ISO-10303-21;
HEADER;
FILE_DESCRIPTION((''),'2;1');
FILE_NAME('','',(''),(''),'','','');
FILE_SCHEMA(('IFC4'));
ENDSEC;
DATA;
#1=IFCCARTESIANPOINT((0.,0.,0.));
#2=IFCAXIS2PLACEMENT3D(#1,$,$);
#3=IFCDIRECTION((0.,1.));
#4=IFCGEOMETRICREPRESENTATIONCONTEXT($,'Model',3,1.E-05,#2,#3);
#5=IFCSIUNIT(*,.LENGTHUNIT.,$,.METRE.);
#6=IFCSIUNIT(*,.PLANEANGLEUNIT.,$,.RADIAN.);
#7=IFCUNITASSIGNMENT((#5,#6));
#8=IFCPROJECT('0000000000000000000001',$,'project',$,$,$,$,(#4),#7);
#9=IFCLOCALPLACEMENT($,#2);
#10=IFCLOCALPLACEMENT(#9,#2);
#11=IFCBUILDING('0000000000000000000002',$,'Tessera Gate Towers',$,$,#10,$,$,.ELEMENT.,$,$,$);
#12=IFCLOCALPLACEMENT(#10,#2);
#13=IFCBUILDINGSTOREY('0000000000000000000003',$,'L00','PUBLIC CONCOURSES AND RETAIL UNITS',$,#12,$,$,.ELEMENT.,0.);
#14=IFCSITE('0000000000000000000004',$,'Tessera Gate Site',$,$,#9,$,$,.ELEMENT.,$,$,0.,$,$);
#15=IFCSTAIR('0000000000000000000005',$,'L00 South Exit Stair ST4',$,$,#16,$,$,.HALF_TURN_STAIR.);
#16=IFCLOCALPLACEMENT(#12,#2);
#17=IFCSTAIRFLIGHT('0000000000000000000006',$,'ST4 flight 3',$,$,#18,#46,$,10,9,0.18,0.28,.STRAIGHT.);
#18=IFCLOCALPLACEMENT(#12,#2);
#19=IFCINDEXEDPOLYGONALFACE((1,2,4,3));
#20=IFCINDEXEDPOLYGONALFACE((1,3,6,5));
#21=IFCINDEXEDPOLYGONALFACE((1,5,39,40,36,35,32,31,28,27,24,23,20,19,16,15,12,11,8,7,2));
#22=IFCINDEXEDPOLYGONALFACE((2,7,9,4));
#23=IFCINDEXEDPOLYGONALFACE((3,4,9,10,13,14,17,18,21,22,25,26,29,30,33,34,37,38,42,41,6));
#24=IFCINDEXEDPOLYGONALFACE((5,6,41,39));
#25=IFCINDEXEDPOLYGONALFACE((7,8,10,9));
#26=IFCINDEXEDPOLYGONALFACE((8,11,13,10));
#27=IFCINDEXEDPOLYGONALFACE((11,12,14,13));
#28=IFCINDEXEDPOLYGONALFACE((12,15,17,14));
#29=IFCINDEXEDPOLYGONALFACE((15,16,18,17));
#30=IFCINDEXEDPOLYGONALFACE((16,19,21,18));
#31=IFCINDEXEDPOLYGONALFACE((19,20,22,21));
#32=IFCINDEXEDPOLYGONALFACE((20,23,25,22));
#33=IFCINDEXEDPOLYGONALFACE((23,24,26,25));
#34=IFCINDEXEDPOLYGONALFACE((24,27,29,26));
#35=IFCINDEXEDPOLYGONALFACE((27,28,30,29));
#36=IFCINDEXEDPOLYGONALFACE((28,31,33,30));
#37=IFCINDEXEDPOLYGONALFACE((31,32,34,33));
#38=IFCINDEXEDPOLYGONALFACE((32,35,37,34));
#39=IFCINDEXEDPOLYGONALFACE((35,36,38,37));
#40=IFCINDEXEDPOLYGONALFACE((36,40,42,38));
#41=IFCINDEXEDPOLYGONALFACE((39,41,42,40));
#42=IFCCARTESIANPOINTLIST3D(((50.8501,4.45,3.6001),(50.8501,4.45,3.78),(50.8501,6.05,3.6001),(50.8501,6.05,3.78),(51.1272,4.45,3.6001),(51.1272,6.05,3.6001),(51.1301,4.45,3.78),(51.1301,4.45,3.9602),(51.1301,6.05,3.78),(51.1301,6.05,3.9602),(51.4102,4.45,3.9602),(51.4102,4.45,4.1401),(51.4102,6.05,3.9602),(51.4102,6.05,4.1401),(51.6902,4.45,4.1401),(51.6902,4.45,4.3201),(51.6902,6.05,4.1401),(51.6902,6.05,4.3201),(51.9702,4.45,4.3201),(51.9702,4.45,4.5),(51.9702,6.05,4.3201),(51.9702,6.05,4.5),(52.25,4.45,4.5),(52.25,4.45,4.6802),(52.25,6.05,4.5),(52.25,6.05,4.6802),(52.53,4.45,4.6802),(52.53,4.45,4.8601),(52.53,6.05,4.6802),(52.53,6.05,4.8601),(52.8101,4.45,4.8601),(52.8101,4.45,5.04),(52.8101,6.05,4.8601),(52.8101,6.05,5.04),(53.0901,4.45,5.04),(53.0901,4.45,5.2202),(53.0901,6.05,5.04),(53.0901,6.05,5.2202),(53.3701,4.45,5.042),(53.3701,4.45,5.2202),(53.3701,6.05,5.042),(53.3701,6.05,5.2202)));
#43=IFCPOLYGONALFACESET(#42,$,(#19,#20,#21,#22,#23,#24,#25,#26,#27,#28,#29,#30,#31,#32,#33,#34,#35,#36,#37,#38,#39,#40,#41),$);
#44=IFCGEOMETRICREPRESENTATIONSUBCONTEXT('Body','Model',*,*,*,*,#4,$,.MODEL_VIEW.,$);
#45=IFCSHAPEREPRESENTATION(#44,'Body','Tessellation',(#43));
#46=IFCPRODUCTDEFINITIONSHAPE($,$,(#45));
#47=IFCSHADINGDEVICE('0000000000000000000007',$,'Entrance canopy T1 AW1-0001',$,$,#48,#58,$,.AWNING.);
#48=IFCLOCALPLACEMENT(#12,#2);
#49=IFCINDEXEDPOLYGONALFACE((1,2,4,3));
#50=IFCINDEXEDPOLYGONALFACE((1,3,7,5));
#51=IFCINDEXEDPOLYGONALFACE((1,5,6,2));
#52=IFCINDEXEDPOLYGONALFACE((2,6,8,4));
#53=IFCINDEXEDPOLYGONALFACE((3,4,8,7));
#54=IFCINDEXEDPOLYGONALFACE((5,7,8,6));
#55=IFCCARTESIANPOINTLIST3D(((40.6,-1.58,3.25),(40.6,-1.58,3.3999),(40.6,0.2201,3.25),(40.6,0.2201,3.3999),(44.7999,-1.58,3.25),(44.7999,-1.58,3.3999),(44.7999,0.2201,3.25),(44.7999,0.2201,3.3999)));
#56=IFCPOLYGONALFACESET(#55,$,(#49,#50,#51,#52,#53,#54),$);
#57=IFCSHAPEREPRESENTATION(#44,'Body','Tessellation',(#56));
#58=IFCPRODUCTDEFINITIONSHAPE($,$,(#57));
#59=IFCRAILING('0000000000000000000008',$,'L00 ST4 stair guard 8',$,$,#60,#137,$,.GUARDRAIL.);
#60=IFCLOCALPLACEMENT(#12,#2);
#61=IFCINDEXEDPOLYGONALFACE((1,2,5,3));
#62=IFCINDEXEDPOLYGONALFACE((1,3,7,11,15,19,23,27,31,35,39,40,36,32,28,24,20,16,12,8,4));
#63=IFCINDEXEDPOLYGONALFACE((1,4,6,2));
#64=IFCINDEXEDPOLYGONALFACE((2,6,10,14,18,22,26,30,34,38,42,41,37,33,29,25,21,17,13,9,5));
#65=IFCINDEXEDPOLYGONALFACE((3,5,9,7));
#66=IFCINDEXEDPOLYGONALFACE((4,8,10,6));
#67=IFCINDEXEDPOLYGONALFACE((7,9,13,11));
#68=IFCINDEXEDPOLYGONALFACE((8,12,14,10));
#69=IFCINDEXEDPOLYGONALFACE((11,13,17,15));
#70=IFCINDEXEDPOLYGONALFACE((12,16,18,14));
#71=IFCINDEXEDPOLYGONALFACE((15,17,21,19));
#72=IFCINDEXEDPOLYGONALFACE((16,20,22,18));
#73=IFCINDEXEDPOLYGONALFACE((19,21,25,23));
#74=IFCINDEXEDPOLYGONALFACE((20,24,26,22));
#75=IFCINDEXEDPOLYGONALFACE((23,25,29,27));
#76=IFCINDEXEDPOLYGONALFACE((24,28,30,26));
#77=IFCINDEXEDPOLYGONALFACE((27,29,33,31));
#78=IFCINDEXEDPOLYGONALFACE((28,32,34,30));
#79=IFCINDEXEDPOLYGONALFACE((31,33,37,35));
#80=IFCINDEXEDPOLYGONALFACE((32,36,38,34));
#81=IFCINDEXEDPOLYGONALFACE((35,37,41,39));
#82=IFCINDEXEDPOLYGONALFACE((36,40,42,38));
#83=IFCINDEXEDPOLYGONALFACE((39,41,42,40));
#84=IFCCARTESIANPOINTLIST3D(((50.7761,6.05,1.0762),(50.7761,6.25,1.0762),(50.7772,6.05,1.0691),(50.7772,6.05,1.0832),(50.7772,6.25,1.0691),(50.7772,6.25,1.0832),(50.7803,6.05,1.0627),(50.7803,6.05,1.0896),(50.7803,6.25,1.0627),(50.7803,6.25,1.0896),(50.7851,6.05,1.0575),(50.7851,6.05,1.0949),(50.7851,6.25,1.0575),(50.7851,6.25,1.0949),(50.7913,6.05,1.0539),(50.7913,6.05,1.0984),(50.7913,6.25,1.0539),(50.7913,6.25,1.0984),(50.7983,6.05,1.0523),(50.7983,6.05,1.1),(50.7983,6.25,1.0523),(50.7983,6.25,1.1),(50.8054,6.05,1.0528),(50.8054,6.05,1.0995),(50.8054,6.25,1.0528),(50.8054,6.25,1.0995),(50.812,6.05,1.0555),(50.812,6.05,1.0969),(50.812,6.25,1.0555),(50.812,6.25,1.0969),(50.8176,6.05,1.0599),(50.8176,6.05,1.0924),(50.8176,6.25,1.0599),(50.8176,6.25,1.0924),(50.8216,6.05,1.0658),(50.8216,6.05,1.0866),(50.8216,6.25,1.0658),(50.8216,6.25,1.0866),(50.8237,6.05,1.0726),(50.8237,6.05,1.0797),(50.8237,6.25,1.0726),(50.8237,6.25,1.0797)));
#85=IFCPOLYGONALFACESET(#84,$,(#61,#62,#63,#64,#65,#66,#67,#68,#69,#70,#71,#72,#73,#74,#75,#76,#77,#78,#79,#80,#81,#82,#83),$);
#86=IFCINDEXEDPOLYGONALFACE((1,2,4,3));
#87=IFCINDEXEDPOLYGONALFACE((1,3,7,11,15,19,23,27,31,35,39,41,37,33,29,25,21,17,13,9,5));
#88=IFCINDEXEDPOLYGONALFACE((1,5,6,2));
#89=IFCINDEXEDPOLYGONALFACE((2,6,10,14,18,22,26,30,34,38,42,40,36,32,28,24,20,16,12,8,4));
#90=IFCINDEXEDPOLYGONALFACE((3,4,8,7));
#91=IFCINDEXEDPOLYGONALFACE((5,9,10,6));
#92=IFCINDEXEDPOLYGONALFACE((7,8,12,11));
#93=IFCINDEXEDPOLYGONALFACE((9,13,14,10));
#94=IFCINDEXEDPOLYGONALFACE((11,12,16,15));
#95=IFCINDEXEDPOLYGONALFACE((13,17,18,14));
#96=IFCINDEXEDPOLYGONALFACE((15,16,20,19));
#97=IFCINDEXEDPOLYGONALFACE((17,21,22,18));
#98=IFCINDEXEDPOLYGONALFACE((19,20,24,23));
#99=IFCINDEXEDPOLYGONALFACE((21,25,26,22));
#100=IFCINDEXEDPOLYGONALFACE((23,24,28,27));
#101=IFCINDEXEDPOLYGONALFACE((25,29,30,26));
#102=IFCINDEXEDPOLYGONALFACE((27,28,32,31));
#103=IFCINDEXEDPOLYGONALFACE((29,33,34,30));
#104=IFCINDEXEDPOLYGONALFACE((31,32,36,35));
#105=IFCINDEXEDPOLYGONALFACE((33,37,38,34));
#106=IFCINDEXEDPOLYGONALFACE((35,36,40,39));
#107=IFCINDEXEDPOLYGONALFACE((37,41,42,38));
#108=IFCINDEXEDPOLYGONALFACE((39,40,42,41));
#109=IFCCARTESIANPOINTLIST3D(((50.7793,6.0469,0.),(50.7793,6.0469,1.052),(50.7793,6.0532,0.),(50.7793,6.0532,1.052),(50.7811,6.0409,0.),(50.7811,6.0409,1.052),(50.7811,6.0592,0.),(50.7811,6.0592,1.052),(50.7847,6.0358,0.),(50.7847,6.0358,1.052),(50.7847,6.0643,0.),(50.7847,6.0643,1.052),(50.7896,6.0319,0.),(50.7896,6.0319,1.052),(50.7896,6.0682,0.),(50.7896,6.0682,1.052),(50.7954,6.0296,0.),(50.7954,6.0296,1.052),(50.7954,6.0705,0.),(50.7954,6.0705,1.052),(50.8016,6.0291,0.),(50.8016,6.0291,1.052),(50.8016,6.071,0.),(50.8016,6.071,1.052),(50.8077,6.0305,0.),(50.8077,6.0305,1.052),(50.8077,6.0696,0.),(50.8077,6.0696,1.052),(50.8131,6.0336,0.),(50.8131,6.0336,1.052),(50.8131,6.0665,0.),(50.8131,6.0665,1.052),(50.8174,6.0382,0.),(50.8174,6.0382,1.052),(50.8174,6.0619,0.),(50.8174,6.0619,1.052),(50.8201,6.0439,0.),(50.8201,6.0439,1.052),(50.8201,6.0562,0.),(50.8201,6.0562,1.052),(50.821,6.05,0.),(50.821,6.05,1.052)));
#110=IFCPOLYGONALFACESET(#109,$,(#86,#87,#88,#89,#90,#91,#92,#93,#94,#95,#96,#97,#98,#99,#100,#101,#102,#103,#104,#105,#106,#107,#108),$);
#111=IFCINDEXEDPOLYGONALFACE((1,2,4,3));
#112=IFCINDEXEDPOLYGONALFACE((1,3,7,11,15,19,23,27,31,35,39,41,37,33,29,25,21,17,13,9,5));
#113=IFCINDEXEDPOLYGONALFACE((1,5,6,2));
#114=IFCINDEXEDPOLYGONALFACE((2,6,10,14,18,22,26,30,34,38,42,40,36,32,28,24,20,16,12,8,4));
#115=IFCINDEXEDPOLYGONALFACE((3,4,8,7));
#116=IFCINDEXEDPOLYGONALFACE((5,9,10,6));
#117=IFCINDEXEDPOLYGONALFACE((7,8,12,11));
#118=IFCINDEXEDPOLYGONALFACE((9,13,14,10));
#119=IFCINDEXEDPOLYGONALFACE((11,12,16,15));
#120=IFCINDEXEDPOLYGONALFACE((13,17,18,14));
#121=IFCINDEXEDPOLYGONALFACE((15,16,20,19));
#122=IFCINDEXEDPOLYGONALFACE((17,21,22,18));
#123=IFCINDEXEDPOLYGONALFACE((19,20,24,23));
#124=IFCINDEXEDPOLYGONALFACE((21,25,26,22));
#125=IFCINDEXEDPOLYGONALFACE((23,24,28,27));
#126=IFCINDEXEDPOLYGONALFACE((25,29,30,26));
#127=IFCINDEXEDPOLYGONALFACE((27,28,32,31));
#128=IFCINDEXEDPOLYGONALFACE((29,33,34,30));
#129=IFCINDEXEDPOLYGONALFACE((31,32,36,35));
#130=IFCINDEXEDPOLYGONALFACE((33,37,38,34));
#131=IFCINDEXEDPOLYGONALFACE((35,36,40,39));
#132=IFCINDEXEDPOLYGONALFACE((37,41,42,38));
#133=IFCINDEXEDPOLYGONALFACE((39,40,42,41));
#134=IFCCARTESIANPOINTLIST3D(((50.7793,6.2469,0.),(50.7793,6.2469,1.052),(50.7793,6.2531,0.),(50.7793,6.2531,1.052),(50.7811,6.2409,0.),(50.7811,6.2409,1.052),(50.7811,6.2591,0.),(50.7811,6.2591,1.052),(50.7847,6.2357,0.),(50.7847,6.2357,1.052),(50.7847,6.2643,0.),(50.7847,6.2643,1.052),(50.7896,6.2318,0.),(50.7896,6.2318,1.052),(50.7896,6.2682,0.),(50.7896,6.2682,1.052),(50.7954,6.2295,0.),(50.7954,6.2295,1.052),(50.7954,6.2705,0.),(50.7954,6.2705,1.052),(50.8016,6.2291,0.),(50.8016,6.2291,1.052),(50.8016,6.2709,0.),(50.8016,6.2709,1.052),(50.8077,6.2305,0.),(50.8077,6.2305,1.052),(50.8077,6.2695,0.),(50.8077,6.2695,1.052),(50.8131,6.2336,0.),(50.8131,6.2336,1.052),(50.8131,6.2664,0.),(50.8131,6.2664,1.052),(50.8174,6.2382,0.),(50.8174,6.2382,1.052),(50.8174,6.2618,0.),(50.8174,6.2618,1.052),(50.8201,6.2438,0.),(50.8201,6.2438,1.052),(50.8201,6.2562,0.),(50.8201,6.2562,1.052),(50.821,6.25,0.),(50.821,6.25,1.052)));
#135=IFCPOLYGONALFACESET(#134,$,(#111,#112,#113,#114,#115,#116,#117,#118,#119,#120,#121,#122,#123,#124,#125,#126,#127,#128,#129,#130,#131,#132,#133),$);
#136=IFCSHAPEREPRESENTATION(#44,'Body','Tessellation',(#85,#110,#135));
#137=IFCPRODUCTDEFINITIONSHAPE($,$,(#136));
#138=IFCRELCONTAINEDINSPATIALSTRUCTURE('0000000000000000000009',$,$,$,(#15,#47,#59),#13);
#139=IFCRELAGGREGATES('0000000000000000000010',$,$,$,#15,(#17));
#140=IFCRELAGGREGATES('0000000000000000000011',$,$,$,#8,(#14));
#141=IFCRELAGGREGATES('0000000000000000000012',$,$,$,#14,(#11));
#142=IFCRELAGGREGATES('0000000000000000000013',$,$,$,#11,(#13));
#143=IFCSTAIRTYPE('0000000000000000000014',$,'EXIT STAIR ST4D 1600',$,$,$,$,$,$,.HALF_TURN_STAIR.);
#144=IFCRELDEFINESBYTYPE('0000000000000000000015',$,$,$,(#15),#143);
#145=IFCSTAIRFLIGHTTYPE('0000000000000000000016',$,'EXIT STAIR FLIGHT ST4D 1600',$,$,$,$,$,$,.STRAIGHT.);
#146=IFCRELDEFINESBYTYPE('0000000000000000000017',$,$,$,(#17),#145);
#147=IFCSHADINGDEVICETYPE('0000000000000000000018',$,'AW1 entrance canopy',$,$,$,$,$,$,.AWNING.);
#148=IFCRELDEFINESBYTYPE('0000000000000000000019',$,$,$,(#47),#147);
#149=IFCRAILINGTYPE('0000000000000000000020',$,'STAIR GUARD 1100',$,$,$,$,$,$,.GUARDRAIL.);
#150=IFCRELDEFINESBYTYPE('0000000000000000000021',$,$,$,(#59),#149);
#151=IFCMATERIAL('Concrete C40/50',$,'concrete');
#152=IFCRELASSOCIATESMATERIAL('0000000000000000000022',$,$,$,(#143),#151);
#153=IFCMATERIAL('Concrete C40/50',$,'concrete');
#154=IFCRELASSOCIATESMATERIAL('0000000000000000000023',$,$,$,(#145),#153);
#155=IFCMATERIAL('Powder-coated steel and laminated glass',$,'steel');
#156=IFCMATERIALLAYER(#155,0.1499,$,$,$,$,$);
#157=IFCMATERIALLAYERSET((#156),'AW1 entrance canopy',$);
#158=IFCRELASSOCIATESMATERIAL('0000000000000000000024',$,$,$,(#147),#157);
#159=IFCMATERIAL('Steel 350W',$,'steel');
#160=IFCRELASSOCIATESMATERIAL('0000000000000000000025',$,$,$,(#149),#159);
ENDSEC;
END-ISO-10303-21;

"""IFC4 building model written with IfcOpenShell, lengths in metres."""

from ifc_helpers import new_model, si_unit, direction, frame, origin, origin_2d, place, context, subcontext, project, spatial, polyline, rectangle, circle, outline, extrude, material, layer, layer_set, type_object, element, aggregate, save


model = new_model("IFC4")

# Units and contexts
model_context = context("Model", 3, precision=1e-05, world=origin(), true_north=direction((0.0, 1.0)))
body_context = subcontext(model_context, "Body", "Model", "MODEL_VIEW")
ifc_project = project(units=[si_unit("LENGTHUNIT", "METRE"), si_unit("PLANEANGLEUNIT", "RADIAN")], contexts=[model_context])

# Site, building, storey
site_placement = place(None, origin())
site = spatial("IfcSite", under=ifc_project, at=site_placement, Name="Tessera Gate Site", CompositionType="ELEMENT", RefElevation=0.0)
building_placement = place(site_placement, origin())
building = spatial("IfcBuilding", under=site, at=building_placement, Name="Tessera Gate Towers", CompositionType="ELEMENT")
storey_placement = place(building_placement, origin())
storey = spatial("IfcBuildingStorey", under=building, at=storey_placement, Name="L00", Description="PUBLIC CONCOURSES AND RETAIL UNITS", CompositionType="ELEMENT", Elevation=0.0)

# Stair, stair flight
ifc_material_1 = material(Name="Concrete C40/50", Category="concrete")
stair_type = type_object("IfcStairType", Name="EXIT STAIR ST4D 1600", PredefinedType="HALF_TURN_STAIR", material=ifc_material_1)
stair_placement = place(storey_placement, origin())
stair = element("IfcStair", 1, at=stair_placement, inside=storey, type_object=stair_type, Name="L00 South Exit Stair ST4", PredefinedType="HALF_TURN_STAIR")
ifc_material_2 = material(Name="Concrete C40/50", Category="concrete")
stair_flight_type = type_object("IfcStairFlightType", Name="EXIT STAIR FLIGHT ST4D 1600", PredefinedType="STRAIGHT", material=ifc_material_2)
stair_flight_1_placement = place(storey_placement, frame((50.8501, 5.25, 3.6001), z_axis=(0.0, 0.0, 1.0), x_axis=(1.0, 0.0, 0.0)))
stair_flight_1 = element("IfcStairFlight", 2, at=stair_flight_1_placement, type_object=stair_flight_type, Name="ST4 flight 3", NumberOfRisers=10, NumberOfTreads=9, PredefinedType="STRAIGHT", RiserHeight=0.18, TreadLength=0.28, context=body_context, shape_type="SweptSolid", body=[
    extrude(outline(polyline([(0.0, 0.0), (0.0, 0.1799), (0.28, 0.1799), (0.28, 0.3601), (0.5601, 0.3601), (0.5601, 0.54), (0.8401, 0.54), (0.8401, 0.72), (1.1201, 0.72), (1.1201, 0.8999), (1.3999, 0.8999), (1.3999, 1.0801), (1.6799, 1.0801), (1.6799, 1.26), (1.96, 1.26), (1.96, 1.4399), (2.24, 1.4399), (2.24, 1.6201), (2.52, 1.6201), (2.52, 1.8), (2.52, 1.4419), (0.2771, 0.0), (0.0, 0.0)])), frame((0.0, 0.8, 0.0), z_axis=(0.0, -1.0, 0.0), x_axis=(1.0, 0.0, 0.0)), (0.0, 0.0, 1.0), 1.6001),
])
aggregate(stair, [stair_flight_1])

# Shading device
ifc_material_3 = material(Name="Powder-coated steel and laminated glass", Category="steel")
ifc_layer_1 = layer(ifc_material_3, 0.1499)
ifc_layer_set_1 = layer_set([ifc_layer_1], Name="AW1 entrance canopy")
shading_device_type = type_object("IfcShadingDeviceType", Name="AW1 entrance canopy", PredefinedType="AWNING", material=ifc_layer_set_1)
shading_device_placement = place(storey_placement, frame((42.7, -0.6799, 3.25), z_axis=(0.0, 0.0, 1.0), x_axis=(1.0, 0.0, 0.0)))
element("IfcShadingDevice", 3, at=shading_device_placement, inside=storey, type_object=shading_device_type, Name="Entrance canopy T1 AW1-0001", PredefinedType="AWNING", context=body_context, shape_type="SweptSolid", body=[
    extrude(rectangle(XDim=4.2, YDim=1.8, at=origin_2d()), origin(), (0.0, 0.0, 1.0), 0.1499),
])

# Railing
ifc_material_4 = material(Name="Steel 350W", Category="steel")
railing_type_1 = type_object("IfcRailingType", Name="STAIR GUARD 1100", PredefinedType="GUARDRAIL", material=ifc_material_4)
railing_1_placement = place(storey_placement, frame((50.8, 6.05, 0.0)))
element("IfcRailing", 4, at=railing_1_placement, inside=storey, type_object=railing_type_1, Name="L00 ST4 stair guard 8", PredefinedType="GUARDRAIL", context=body_context, shape_type="SweptSolid", body=[
    extrude(circle(Radius=0.0239, at=origin_2d()), frame((0.0, 0.0, 1.0762), z_axis=(0.0, 1.0, 0.0), x_axis=(-1.0, 0.0, 0.0)), (0.0, 0.0, 1.0), 0.2),
    extrude(circle(Radius=0.021, at=origin_2d()), origin(), (0.0, 0.0, 1.0), 1.052),
    extrude(circle(Radius=0.021, at=origin_2d()), frame((0.0, 0.2, 0.0)), (0.0, 0.0, 1.0), 1.052),
])

save(model, "model.ifc")
